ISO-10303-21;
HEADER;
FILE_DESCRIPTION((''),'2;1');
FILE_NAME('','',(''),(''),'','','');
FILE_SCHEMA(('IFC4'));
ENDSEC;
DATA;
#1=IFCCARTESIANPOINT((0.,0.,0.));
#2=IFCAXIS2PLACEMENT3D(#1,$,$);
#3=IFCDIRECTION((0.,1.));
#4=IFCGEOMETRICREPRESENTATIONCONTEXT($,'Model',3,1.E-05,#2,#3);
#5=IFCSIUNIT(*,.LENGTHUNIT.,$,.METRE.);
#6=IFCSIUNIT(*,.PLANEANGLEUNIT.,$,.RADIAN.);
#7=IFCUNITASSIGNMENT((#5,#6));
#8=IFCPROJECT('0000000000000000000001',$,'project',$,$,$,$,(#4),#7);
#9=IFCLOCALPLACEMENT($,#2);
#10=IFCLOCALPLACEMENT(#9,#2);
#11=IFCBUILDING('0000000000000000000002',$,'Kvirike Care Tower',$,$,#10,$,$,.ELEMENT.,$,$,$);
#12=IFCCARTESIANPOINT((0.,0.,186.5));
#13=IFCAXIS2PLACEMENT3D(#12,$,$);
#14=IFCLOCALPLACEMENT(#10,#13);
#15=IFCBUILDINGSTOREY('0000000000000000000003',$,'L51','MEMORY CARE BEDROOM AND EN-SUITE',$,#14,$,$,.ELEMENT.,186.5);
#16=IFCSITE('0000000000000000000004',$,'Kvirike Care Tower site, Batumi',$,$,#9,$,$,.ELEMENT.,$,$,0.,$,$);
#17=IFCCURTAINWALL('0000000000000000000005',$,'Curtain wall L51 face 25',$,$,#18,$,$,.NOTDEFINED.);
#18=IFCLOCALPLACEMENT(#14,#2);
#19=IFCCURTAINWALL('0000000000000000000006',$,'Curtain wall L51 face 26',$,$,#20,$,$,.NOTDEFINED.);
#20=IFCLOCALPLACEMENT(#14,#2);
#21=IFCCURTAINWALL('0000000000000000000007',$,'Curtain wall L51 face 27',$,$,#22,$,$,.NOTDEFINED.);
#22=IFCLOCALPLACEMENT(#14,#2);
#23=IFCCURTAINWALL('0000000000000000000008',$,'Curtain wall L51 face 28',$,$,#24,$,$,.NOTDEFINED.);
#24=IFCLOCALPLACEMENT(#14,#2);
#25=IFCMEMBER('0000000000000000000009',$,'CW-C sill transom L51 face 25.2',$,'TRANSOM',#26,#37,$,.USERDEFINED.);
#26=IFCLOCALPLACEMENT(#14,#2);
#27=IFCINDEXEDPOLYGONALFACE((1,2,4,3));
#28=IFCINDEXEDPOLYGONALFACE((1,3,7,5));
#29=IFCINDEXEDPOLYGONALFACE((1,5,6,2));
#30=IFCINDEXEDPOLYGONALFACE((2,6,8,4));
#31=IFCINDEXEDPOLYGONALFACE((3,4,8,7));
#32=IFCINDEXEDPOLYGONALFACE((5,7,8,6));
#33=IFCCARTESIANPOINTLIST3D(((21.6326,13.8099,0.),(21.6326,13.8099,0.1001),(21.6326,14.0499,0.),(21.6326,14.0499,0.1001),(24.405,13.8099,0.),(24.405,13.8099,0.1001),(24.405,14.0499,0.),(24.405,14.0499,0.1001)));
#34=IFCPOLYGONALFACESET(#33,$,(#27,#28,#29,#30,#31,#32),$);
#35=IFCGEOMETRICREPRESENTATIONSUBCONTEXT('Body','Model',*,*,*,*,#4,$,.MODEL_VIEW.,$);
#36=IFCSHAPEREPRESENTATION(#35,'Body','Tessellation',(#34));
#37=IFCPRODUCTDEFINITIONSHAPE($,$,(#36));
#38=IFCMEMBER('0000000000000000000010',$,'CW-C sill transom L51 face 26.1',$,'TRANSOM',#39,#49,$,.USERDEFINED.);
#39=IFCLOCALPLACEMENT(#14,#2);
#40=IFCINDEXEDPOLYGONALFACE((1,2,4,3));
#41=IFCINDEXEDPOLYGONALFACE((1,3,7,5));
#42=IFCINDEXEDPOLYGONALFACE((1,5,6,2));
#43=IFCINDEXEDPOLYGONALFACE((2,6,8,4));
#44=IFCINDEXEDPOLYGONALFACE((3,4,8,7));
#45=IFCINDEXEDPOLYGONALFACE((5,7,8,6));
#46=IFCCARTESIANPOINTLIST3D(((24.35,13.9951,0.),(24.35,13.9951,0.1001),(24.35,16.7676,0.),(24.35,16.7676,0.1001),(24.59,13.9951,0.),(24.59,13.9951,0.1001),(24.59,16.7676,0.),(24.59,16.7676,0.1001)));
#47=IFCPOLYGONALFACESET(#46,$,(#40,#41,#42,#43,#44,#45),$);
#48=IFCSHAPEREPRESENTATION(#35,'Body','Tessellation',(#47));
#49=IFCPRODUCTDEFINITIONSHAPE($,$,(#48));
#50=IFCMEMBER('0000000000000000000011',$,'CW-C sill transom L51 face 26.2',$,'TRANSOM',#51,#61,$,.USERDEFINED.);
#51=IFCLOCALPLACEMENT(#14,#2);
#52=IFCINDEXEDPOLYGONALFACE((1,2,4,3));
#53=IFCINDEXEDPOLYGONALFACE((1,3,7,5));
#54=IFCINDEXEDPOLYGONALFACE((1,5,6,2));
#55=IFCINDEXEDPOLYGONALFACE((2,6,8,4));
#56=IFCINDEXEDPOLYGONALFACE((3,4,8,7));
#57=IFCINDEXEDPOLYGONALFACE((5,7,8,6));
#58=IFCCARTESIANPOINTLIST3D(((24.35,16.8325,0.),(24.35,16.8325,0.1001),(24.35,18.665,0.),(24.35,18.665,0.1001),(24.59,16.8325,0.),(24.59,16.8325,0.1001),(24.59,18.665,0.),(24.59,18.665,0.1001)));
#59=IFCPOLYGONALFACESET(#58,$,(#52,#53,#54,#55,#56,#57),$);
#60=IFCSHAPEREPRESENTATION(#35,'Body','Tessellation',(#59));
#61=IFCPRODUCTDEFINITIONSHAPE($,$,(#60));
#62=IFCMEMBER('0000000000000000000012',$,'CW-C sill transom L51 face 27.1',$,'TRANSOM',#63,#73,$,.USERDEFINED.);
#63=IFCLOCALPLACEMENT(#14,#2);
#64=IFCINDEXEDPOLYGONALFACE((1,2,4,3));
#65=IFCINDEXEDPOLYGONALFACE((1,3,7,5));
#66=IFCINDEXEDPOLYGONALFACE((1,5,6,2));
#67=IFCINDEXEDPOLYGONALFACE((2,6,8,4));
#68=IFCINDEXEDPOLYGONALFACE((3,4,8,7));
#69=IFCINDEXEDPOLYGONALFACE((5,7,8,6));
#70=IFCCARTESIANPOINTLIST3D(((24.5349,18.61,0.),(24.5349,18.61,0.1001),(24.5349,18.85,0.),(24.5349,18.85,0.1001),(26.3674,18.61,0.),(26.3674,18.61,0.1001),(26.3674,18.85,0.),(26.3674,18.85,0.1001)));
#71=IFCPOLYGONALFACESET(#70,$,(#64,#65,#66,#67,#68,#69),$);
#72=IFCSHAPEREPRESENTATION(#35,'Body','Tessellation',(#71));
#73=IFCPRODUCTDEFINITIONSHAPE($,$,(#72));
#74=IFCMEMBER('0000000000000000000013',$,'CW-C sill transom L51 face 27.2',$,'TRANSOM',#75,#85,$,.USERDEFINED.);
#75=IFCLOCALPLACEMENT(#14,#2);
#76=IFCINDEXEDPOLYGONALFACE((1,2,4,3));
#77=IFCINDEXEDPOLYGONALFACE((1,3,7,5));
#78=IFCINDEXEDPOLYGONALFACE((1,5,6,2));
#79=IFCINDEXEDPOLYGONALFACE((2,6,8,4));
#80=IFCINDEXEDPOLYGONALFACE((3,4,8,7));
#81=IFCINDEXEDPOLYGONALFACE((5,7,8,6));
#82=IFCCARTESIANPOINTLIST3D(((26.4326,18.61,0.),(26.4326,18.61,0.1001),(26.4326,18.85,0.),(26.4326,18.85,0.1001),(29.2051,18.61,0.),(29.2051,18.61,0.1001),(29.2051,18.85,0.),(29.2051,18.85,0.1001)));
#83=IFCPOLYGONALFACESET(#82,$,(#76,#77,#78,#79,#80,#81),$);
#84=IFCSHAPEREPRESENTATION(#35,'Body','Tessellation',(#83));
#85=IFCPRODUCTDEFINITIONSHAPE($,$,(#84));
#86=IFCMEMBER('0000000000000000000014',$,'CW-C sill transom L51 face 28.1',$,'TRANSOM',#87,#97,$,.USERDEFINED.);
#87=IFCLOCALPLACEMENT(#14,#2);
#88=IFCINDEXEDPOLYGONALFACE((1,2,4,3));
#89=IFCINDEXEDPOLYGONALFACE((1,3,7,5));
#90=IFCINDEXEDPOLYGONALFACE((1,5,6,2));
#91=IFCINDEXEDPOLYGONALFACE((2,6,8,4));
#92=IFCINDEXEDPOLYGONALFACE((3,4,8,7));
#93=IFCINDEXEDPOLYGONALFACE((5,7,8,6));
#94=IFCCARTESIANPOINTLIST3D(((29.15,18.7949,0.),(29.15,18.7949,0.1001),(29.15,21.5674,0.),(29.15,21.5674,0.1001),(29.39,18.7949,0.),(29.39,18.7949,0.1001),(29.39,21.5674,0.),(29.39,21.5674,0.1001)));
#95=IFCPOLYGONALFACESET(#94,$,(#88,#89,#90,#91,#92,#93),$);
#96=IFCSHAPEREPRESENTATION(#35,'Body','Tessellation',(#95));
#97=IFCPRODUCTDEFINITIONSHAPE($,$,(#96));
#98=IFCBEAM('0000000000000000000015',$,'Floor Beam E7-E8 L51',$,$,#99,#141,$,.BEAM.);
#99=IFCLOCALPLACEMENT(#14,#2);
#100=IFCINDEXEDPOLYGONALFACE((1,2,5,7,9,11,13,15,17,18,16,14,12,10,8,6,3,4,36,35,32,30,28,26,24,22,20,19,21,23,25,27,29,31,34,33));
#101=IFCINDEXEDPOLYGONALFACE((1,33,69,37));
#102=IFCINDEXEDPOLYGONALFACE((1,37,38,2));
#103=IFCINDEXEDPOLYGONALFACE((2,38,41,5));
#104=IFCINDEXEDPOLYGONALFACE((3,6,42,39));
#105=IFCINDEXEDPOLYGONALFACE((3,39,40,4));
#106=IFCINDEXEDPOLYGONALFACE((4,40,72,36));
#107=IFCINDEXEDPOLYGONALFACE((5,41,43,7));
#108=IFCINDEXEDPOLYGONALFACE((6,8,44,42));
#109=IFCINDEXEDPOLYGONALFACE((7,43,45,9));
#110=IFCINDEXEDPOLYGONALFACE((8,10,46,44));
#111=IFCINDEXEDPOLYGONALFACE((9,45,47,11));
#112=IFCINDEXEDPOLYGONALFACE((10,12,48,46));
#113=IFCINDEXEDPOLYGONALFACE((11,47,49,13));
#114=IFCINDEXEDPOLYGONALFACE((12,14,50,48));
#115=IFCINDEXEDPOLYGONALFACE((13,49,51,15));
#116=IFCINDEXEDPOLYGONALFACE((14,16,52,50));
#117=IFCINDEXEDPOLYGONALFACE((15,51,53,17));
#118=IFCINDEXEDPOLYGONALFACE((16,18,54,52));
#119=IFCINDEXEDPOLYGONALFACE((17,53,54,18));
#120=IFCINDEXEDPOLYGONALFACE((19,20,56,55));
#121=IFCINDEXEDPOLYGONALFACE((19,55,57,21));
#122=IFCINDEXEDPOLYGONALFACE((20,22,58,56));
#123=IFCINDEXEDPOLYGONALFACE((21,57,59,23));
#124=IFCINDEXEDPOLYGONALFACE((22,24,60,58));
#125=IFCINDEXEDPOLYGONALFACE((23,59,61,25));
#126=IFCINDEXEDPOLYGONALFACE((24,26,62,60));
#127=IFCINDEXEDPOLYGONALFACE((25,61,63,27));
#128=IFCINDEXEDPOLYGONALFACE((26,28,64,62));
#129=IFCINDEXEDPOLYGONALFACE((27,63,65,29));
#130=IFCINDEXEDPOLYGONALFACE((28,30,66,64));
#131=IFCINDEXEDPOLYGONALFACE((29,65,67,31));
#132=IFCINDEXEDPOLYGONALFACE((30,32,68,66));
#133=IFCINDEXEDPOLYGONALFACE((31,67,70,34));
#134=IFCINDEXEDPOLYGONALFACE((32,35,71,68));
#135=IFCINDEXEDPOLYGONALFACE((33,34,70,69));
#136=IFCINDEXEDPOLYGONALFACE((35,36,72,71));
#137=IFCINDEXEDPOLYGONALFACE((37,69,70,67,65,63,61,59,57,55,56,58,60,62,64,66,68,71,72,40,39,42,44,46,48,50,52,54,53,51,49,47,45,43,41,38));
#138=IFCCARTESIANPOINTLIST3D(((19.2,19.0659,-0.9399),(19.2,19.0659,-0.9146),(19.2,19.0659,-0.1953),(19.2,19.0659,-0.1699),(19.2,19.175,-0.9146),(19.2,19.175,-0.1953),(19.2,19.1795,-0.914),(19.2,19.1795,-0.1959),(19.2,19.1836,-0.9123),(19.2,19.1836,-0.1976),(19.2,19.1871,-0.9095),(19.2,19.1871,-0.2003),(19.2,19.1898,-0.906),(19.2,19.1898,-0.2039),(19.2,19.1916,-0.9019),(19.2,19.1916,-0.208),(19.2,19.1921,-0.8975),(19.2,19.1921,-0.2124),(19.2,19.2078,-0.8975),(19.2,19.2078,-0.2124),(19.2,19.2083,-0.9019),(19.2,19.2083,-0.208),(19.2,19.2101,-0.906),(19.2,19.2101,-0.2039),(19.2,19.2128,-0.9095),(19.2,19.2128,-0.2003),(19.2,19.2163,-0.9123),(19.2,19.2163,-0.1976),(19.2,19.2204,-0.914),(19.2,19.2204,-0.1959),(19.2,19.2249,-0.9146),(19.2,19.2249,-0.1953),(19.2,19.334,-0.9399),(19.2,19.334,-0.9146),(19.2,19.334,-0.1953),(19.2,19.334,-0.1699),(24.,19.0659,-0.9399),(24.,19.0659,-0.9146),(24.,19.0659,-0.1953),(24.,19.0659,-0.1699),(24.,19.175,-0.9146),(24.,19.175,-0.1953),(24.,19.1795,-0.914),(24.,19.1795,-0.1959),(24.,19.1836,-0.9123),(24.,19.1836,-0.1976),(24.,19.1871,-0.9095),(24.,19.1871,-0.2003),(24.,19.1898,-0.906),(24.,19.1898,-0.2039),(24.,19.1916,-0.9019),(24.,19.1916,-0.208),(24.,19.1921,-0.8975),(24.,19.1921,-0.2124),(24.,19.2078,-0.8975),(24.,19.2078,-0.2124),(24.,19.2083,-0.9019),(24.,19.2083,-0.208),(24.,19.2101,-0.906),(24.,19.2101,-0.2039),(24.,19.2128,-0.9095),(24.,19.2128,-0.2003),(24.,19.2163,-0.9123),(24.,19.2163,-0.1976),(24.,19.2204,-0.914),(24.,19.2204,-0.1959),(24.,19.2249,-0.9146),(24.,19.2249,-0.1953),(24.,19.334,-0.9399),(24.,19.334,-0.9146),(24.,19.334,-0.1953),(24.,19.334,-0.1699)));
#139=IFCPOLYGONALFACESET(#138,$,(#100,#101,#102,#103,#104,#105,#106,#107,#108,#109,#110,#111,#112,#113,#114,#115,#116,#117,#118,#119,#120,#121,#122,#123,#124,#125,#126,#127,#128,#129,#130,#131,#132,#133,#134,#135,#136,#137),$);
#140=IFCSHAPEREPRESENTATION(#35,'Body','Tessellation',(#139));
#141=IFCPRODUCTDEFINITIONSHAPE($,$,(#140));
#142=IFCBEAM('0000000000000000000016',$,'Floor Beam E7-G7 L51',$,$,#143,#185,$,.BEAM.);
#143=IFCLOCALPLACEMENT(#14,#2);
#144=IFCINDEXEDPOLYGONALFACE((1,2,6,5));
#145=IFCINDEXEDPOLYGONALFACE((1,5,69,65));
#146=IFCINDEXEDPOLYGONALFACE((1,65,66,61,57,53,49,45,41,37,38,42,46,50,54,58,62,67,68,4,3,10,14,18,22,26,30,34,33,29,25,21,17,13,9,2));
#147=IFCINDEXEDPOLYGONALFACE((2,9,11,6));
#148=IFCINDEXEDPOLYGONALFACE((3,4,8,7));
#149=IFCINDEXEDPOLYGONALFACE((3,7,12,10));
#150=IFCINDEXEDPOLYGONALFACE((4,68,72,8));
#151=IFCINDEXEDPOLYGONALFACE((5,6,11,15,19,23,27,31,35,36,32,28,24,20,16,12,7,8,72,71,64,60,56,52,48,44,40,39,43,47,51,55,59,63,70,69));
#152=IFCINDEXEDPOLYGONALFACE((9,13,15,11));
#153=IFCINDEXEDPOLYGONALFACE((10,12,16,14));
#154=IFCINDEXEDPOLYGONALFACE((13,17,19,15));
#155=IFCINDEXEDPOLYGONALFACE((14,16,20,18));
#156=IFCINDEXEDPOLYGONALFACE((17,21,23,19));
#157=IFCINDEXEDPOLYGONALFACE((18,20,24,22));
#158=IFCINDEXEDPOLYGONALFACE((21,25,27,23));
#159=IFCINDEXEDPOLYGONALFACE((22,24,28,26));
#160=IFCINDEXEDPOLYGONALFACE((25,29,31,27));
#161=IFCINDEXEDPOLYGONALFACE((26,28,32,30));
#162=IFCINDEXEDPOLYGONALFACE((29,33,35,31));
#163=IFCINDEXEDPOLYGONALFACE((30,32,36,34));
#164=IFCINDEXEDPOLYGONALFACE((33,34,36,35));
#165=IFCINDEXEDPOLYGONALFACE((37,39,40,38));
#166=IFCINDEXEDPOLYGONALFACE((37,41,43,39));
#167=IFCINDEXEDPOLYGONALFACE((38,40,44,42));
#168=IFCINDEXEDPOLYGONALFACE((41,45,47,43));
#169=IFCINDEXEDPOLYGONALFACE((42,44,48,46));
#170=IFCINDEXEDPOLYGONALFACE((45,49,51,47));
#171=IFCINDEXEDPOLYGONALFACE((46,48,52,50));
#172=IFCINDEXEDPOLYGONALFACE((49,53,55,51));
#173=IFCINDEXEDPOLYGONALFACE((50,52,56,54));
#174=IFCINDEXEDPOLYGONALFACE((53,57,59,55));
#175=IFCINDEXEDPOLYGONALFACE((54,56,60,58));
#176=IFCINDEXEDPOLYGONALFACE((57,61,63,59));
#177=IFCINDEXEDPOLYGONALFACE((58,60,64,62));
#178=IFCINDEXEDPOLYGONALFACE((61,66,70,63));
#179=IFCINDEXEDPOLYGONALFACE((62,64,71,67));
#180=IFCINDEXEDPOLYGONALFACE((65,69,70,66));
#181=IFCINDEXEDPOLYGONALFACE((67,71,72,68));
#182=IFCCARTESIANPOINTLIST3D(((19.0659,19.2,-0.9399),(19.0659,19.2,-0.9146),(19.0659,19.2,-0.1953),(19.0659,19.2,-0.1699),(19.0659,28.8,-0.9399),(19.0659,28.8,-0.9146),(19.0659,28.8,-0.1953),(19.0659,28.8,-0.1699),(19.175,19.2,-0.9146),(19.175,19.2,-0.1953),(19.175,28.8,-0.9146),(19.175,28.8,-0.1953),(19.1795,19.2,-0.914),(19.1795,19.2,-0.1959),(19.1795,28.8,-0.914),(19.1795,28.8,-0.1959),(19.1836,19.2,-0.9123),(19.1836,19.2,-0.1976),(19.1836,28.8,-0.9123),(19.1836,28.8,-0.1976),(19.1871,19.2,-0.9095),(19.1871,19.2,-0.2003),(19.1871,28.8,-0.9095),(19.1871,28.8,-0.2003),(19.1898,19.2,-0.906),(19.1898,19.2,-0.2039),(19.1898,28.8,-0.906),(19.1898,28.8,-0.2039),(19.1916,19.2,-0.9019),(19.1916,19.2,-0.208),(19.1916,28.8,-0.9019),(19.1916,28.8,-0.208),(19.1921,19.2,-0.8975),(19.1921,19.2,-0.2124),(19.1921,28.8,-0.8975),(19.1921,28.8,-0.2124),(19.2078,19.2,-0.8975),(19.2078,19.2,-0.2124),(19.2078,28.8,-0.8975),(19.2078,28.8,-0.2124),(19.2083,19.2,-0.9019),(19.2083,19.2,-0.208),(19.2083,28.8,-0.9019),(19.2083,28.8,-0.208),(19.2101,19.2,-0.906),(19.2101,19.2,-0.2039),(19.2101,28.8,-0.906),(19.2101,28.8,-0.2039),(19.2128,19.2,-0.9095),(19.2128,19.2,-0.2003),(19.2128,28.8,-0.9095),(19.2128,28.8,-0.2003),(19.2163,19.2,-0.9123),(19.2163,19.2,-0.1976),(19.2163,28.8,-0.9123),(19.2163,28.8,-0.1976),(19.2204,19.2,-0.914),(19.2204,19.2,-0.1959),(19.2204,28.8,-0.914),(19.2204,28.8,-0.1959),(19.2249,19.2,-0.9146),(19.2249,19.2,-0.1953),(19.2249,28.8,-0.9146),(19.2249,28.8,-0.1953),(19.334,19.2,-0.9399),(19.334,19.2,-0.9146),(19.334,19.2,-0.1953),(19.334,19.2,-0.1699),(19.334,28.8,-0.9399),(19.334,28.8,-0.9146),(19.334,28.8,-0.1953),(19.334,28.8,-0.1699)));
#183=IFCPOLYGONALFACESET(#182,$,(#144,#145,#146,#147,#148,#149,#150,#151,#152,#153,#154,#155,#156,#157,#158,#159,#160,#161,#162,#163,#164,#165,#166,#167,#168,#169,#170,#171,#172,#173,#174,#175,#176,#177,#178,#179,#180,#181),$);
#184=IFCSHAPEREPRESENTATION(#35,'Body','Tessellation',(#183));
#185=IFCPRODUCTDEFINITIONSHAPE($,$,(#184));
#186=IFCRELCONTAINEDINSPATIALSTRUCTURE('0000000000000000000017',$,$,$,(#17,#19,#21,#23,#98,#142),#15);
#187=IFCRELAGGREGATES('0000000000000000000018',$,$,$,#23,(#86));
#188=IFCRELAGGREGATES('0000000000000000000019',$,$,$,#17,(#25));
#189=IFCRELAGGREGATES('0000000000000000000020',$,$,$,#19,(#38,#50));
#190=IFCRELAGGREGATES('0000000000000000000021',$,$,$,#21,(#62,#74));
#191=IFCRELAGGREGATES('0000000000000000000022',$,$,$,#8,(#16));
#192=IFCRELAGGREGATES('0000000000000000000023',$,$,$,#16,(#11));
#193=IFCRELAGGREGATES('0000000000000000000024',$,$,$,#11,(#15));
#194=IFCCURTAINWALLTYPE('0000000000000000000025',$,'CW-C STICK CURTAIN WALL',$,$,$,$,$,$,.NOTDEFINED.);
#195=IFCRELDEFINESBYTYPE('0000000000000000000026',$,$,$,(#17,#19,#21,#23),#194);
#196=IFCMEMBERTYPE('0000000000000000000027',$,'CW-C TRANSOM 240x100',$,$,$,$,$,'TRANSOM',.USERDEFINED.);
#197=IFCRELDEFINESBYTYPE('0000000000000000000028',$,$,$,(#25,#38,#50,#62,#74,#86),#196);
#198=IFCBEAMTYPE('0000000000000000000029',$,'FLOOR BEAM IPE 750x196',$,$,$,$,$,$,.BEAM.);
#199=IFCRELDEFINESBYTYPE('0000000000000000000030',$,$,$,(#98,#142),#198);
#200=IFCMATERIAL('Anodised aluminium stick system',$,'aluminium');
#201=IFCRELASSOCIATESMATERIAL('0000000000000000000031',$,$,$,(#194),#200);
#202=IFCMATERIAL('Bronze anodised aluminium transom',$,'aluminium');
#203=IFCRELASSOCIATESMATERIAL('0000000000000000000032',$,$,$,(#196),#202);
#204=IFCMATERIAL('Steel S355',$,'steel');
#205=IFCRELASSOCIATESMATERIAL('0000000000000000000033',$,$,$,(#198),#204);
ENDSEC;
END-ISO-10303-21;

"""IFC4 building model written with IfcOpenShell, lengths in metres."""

from ifc_helpers import new_model, si_unit, direction, frame, origin, origin_2d, place, context, subcontext, project, spatial, rectangle, i_section, extrude, material, material_profile, profile_set, type_object, element, aggregate, save


model = new_model("IFC4")

# Units and contexts
model_context = context("Model", 3, precision=1e-05, world=origin(), true_north=direction((0.0, 1.0)))
body_context = subcontext(model_context, "Body", "Model", "MODEL_VIEW")
ifc_project = project(units=[si_unit("LENGTHUNIT", "METRE"), si_unit("PLANEANGLEUNIT", "RADIAN")], contexts=[model_context])

# Site, building, storey
site_placement = place(None, origin())
site = spatial("IfcSite", under=ifc_project, at=site_placement, Name="Kvirike Care Tower site, Batumi", CompositionType="ELEMENT", RefElevation=0.0)
building_placement = place(site_placement, origin())
building = spatial("IfcBuilding", under=site, at=building_placement, Name="Kvirike Care Tower", CompositionType="ELEMENT")
storey_placement = place(building_placement, frame((0.0, 0.0, 186.5)))
storey = spatial("IfcBuildingStorey", under=building, at=storey_placement, Name="L51", Description="MEMORY CARE BEDROOM AND EN-SUITE", CompositionType="ELEMENT", Elevation=186.5)

# Curtain walls
ifc_material_1 = material(Name="Anodised aluminium stick system", Category="aluminium")
curtain_wall_type = type_object("IfcCurtainWallType", Name="CW-C STICK CURTAIN WALL", PredefinedType="NOTDEFINED", material=ifc_material_1)
curtain_wall_1_placement = place(storey_placement, origin())
curtain_wall_1 = element("IfcCurtainWall", 1, at=curtain_wall_1_placement, inside=storey, type_object=curtain_wall_type, Name="Curtain wall L51 face 25", PredefinedType="NOTDEFINED")
curtain_wall_2_placement = place(storey_placement, origin())
curtain_wall_2 = element("IfcCurtainWall", 2, at=curtain_wall_2_placement, inside=storey, type_object=curtain_wall_type, Name="Curtain wall L51 face 26", PredefinedType="NOTDEFINED")
curtain_wall_3_placement = place(storey_placement, origin())
curtain_wall_3 = element("IfcCurtainWall", 3, at=curtain_wall_3_placement, inside=storey, type_object=curtain_wall_type, Name="Curtain wall L51 face 27", PredefinedType="NOTDEFINED")

# Curtain wall
curtain_wall_4_placement = place(storey_placement, origin())
curtain_wall_4 = element("IfcCurtainWall", 4, at=curtain_wall_4_placement, inside=storey, type_object=curtain_wall_type, Name="Curtain wall L51 face 28", PredefinedType="NOTDEFINED")

# Members
ifc_material_2 = material(Name="Bronze anodised aluminium transom", Category="aluminium")
ifc_material_profile_1 = material_profile(ifc_material_2, rectangle(XDim=0.24, YDim=0.1001, at=origin_2d()), Name="CW-C TRANSOM 240x100")
ifc_profile_set_1 = profile_set([ifc_material_profile_1], Name="Bronze anodised aluminium transom")
member_type_1 = type_object("IfcMemberType", Name="CW-C TRANSOM 240x100", ElementType="TRANSOM", PredefinedType="USERDEFINED", material=ifc_profile_set_1)
member_1_placement = place(storey_placement, frame((21.6326, 13.9299, 0.05), z_axis=(1.0, 0.0, 0.0), x_axis=(0.0, 1.0, 0.0)))
member_1 = element("IfcMember", 5, at=member_1_placement, type_object=member_type_1, Name="CW-C sill transom L51 face 25.2", ObjectType="TRANSOM", PredefinedType="USERDEFINED", context=body_context, shape_type="SweptSolid", body=[
    extrude(rectangle(XDim=0.24, YDim=0.1001, at=origin_2d()), origin(), (0.0, 0.0, 1.0), 2.7725),
])
member_2_placement = place(storey_placement, frame((24.47, 13.9951, 0.05), z_axis=(0.0, 1.0, 0.0), x_axis=(-1.0, 0.0, 0.0)))
member_2 = element("IfcMember", 6, at=member_2_placement, type_object=member_type_1, Name="CW-C sill transom L51 face 26.1", ObjectType="TRANSOM", PredefinedType="USERDEFINED", context=body_context, shape_type="SweptSolid", body=[
    extrude(rectangle(XDim=0.24, YDim=0.1001, at=origin_2d()), origin(), (0.0, 0.0, 1.0), 2.7725),
])
member_3_placement = place(storey_placement, frame((24.47, 16.8325, 0.05), z_axis=(0.0, 1.0, 0.0), x_axis=(-1.0, 0.0, 0.0)))
member_3 = element("IfcMember", 7, at=member_3_placement, type_object=member_type_1, Name="CW-C sill transom L51 face 26.2", ObjectType="TRANSOM", PredefinedType="USERDEFINED", context=body_context, shape_type="SweptSolid", body=[
    extrude(rectangle(XDim=0.24, YDim=0.1001, at=origin_2d()), origin(), (0.0, 0.0, 1.0), 1.8325),
])
member_4_placement = place(storey_placement, frame((24.5349, 18.73, 0.05), z_axis=(1.0, 0.0, 0.0), x_axis=(0.0, 1.0, 0.0)))
member_4 = element("IfcMember", 8, at=member_4_placement, type_object=member_type_1, Name="CW-C sill transom L51 face 27.1", ObjectType="TRANSOM", PredefinedType="USERDEFINED", context=body_context, shape_type="SweptSolid", body=[
    extrude(rectangle(XDim=0.24, YDim=0.1001, at=origin_2d()), origin(), (0.0, 0.0, 1.0), 1.8325),
])
member_5_placement = place(storey_placement, frame((26.4326, 18.73, 0.05), z_axis=(1.0, 0.0, 0.0), x_axis=(0.0, 1.0, 0.0)))
member_5 = element("IfcMember", 9, at=member_5_placement, type_object=member_type_1, Name="CW-C sill transom L51 face 27.2", ObjectType="TRANSOM", PredefinedType="USERDEFINED", context=body_context, shape_type="SweptSolid", body=[
    extrude(rectangle(XDim=0.24, YDim=0.1001, at=origin_2d()), origin(), (0.0, 0.0, 1.0), 2.7725),
])
member_6_placement = place(storey_placement, frame((29.27, 18.7949, 0.05), z_axis=(0.0, 1.0, 0.0), x_axis=(-1.0, 0.0, 0.0)))
member_6 = element("IfcMember", 10, at=member_6_placement, type_object=member_type_1, Name="CW-C sill transom L51 face 28.1", ObjectType="TRANSOM", PredefinedType="USERDEFINED", context=body_context, shape_type="SweptSolid", body=[
    extrude(rectangle(XDim=0.24, YDim=0.1001, at=origin_2d()), origin(), (0.0, 0.0, 1.0), 2.7725),
])
aggregate(curtain_wall_4, [member_6])

# Beams
ifc_material_3 = material(Name="Steel S355", Category="steel")
ifc_material_profile_2 = material_profile(ifc_material_3, i_section(OverallWidth=0.2681, OverallDepth=0.77, WebThickness=0.0156, FlangeThickness=0.0254, FilletRadius=0.0171, at=origin_2d()), Name="IPE 750x196")
ifc_profile_set_2 = profile_set([ifc_material_profile_2], Name="Steel S355")
beam_type_1 = type_object("IfcBeamType", Name="FLOOR BEAM IPE 750x196", PredefinedType="BEAM", material=ifc_profile_set_2)
beam_1_placement = place(storey_placement, frame((19.2, 19.2, -0.5549), z_axis=(1.0, 0.0, 0.0), x_axis=(0.0, 1.0, 0.0)))
element("IfcBeam", 11, at=beam_1_placement, inside=storey, type_object=beam_type_1, Name="Floor Beam E7-E8 L51", PredefinedType="BEAM", context=body_context, shape_type="SweptSolid", body=[
    extrude(i_section(OverallWidth=0.2681, OverallDepth=0.77, WebThickness=0.0156, FlangeThickness=0.0254, FilletRadius=0.0171, at=origin_2d()), origin(), (0.0, 0.0, 1.0), 4.8),
])
beam_2_placement = place(storey_placement, frame((19.2, 19.2, -0.5549), z_axis=(0.0, 1.0, 0.0), x_axis=(-1.0, 0.0, 0.0)))
element("IfcBeam", 12, at=beam_2_placement, inside=storey, type_object=beam_type_1, Name="Floor Beam E7-G7 L51", PredefinedType="BEAM", context=body_context, shape_type="SweptSolid", body=[
    extrude(i_section(OverallWidth=0.2681, OverallDepth=0.77, WebThickness=0.0156, FlangeThickness=0.0254, FilletRadius=0.0171, at=origin_2d()), origin(), (0.0, 0.0, 1.0), 9.6001),
])

aggregate(curtain_wall_1, [member_1])
aggregate(curtain_wall_2, [member_2, member_3])
aggregate(curtain_wall_3, [member_4, member_5])

save(model, "model.ifc")
